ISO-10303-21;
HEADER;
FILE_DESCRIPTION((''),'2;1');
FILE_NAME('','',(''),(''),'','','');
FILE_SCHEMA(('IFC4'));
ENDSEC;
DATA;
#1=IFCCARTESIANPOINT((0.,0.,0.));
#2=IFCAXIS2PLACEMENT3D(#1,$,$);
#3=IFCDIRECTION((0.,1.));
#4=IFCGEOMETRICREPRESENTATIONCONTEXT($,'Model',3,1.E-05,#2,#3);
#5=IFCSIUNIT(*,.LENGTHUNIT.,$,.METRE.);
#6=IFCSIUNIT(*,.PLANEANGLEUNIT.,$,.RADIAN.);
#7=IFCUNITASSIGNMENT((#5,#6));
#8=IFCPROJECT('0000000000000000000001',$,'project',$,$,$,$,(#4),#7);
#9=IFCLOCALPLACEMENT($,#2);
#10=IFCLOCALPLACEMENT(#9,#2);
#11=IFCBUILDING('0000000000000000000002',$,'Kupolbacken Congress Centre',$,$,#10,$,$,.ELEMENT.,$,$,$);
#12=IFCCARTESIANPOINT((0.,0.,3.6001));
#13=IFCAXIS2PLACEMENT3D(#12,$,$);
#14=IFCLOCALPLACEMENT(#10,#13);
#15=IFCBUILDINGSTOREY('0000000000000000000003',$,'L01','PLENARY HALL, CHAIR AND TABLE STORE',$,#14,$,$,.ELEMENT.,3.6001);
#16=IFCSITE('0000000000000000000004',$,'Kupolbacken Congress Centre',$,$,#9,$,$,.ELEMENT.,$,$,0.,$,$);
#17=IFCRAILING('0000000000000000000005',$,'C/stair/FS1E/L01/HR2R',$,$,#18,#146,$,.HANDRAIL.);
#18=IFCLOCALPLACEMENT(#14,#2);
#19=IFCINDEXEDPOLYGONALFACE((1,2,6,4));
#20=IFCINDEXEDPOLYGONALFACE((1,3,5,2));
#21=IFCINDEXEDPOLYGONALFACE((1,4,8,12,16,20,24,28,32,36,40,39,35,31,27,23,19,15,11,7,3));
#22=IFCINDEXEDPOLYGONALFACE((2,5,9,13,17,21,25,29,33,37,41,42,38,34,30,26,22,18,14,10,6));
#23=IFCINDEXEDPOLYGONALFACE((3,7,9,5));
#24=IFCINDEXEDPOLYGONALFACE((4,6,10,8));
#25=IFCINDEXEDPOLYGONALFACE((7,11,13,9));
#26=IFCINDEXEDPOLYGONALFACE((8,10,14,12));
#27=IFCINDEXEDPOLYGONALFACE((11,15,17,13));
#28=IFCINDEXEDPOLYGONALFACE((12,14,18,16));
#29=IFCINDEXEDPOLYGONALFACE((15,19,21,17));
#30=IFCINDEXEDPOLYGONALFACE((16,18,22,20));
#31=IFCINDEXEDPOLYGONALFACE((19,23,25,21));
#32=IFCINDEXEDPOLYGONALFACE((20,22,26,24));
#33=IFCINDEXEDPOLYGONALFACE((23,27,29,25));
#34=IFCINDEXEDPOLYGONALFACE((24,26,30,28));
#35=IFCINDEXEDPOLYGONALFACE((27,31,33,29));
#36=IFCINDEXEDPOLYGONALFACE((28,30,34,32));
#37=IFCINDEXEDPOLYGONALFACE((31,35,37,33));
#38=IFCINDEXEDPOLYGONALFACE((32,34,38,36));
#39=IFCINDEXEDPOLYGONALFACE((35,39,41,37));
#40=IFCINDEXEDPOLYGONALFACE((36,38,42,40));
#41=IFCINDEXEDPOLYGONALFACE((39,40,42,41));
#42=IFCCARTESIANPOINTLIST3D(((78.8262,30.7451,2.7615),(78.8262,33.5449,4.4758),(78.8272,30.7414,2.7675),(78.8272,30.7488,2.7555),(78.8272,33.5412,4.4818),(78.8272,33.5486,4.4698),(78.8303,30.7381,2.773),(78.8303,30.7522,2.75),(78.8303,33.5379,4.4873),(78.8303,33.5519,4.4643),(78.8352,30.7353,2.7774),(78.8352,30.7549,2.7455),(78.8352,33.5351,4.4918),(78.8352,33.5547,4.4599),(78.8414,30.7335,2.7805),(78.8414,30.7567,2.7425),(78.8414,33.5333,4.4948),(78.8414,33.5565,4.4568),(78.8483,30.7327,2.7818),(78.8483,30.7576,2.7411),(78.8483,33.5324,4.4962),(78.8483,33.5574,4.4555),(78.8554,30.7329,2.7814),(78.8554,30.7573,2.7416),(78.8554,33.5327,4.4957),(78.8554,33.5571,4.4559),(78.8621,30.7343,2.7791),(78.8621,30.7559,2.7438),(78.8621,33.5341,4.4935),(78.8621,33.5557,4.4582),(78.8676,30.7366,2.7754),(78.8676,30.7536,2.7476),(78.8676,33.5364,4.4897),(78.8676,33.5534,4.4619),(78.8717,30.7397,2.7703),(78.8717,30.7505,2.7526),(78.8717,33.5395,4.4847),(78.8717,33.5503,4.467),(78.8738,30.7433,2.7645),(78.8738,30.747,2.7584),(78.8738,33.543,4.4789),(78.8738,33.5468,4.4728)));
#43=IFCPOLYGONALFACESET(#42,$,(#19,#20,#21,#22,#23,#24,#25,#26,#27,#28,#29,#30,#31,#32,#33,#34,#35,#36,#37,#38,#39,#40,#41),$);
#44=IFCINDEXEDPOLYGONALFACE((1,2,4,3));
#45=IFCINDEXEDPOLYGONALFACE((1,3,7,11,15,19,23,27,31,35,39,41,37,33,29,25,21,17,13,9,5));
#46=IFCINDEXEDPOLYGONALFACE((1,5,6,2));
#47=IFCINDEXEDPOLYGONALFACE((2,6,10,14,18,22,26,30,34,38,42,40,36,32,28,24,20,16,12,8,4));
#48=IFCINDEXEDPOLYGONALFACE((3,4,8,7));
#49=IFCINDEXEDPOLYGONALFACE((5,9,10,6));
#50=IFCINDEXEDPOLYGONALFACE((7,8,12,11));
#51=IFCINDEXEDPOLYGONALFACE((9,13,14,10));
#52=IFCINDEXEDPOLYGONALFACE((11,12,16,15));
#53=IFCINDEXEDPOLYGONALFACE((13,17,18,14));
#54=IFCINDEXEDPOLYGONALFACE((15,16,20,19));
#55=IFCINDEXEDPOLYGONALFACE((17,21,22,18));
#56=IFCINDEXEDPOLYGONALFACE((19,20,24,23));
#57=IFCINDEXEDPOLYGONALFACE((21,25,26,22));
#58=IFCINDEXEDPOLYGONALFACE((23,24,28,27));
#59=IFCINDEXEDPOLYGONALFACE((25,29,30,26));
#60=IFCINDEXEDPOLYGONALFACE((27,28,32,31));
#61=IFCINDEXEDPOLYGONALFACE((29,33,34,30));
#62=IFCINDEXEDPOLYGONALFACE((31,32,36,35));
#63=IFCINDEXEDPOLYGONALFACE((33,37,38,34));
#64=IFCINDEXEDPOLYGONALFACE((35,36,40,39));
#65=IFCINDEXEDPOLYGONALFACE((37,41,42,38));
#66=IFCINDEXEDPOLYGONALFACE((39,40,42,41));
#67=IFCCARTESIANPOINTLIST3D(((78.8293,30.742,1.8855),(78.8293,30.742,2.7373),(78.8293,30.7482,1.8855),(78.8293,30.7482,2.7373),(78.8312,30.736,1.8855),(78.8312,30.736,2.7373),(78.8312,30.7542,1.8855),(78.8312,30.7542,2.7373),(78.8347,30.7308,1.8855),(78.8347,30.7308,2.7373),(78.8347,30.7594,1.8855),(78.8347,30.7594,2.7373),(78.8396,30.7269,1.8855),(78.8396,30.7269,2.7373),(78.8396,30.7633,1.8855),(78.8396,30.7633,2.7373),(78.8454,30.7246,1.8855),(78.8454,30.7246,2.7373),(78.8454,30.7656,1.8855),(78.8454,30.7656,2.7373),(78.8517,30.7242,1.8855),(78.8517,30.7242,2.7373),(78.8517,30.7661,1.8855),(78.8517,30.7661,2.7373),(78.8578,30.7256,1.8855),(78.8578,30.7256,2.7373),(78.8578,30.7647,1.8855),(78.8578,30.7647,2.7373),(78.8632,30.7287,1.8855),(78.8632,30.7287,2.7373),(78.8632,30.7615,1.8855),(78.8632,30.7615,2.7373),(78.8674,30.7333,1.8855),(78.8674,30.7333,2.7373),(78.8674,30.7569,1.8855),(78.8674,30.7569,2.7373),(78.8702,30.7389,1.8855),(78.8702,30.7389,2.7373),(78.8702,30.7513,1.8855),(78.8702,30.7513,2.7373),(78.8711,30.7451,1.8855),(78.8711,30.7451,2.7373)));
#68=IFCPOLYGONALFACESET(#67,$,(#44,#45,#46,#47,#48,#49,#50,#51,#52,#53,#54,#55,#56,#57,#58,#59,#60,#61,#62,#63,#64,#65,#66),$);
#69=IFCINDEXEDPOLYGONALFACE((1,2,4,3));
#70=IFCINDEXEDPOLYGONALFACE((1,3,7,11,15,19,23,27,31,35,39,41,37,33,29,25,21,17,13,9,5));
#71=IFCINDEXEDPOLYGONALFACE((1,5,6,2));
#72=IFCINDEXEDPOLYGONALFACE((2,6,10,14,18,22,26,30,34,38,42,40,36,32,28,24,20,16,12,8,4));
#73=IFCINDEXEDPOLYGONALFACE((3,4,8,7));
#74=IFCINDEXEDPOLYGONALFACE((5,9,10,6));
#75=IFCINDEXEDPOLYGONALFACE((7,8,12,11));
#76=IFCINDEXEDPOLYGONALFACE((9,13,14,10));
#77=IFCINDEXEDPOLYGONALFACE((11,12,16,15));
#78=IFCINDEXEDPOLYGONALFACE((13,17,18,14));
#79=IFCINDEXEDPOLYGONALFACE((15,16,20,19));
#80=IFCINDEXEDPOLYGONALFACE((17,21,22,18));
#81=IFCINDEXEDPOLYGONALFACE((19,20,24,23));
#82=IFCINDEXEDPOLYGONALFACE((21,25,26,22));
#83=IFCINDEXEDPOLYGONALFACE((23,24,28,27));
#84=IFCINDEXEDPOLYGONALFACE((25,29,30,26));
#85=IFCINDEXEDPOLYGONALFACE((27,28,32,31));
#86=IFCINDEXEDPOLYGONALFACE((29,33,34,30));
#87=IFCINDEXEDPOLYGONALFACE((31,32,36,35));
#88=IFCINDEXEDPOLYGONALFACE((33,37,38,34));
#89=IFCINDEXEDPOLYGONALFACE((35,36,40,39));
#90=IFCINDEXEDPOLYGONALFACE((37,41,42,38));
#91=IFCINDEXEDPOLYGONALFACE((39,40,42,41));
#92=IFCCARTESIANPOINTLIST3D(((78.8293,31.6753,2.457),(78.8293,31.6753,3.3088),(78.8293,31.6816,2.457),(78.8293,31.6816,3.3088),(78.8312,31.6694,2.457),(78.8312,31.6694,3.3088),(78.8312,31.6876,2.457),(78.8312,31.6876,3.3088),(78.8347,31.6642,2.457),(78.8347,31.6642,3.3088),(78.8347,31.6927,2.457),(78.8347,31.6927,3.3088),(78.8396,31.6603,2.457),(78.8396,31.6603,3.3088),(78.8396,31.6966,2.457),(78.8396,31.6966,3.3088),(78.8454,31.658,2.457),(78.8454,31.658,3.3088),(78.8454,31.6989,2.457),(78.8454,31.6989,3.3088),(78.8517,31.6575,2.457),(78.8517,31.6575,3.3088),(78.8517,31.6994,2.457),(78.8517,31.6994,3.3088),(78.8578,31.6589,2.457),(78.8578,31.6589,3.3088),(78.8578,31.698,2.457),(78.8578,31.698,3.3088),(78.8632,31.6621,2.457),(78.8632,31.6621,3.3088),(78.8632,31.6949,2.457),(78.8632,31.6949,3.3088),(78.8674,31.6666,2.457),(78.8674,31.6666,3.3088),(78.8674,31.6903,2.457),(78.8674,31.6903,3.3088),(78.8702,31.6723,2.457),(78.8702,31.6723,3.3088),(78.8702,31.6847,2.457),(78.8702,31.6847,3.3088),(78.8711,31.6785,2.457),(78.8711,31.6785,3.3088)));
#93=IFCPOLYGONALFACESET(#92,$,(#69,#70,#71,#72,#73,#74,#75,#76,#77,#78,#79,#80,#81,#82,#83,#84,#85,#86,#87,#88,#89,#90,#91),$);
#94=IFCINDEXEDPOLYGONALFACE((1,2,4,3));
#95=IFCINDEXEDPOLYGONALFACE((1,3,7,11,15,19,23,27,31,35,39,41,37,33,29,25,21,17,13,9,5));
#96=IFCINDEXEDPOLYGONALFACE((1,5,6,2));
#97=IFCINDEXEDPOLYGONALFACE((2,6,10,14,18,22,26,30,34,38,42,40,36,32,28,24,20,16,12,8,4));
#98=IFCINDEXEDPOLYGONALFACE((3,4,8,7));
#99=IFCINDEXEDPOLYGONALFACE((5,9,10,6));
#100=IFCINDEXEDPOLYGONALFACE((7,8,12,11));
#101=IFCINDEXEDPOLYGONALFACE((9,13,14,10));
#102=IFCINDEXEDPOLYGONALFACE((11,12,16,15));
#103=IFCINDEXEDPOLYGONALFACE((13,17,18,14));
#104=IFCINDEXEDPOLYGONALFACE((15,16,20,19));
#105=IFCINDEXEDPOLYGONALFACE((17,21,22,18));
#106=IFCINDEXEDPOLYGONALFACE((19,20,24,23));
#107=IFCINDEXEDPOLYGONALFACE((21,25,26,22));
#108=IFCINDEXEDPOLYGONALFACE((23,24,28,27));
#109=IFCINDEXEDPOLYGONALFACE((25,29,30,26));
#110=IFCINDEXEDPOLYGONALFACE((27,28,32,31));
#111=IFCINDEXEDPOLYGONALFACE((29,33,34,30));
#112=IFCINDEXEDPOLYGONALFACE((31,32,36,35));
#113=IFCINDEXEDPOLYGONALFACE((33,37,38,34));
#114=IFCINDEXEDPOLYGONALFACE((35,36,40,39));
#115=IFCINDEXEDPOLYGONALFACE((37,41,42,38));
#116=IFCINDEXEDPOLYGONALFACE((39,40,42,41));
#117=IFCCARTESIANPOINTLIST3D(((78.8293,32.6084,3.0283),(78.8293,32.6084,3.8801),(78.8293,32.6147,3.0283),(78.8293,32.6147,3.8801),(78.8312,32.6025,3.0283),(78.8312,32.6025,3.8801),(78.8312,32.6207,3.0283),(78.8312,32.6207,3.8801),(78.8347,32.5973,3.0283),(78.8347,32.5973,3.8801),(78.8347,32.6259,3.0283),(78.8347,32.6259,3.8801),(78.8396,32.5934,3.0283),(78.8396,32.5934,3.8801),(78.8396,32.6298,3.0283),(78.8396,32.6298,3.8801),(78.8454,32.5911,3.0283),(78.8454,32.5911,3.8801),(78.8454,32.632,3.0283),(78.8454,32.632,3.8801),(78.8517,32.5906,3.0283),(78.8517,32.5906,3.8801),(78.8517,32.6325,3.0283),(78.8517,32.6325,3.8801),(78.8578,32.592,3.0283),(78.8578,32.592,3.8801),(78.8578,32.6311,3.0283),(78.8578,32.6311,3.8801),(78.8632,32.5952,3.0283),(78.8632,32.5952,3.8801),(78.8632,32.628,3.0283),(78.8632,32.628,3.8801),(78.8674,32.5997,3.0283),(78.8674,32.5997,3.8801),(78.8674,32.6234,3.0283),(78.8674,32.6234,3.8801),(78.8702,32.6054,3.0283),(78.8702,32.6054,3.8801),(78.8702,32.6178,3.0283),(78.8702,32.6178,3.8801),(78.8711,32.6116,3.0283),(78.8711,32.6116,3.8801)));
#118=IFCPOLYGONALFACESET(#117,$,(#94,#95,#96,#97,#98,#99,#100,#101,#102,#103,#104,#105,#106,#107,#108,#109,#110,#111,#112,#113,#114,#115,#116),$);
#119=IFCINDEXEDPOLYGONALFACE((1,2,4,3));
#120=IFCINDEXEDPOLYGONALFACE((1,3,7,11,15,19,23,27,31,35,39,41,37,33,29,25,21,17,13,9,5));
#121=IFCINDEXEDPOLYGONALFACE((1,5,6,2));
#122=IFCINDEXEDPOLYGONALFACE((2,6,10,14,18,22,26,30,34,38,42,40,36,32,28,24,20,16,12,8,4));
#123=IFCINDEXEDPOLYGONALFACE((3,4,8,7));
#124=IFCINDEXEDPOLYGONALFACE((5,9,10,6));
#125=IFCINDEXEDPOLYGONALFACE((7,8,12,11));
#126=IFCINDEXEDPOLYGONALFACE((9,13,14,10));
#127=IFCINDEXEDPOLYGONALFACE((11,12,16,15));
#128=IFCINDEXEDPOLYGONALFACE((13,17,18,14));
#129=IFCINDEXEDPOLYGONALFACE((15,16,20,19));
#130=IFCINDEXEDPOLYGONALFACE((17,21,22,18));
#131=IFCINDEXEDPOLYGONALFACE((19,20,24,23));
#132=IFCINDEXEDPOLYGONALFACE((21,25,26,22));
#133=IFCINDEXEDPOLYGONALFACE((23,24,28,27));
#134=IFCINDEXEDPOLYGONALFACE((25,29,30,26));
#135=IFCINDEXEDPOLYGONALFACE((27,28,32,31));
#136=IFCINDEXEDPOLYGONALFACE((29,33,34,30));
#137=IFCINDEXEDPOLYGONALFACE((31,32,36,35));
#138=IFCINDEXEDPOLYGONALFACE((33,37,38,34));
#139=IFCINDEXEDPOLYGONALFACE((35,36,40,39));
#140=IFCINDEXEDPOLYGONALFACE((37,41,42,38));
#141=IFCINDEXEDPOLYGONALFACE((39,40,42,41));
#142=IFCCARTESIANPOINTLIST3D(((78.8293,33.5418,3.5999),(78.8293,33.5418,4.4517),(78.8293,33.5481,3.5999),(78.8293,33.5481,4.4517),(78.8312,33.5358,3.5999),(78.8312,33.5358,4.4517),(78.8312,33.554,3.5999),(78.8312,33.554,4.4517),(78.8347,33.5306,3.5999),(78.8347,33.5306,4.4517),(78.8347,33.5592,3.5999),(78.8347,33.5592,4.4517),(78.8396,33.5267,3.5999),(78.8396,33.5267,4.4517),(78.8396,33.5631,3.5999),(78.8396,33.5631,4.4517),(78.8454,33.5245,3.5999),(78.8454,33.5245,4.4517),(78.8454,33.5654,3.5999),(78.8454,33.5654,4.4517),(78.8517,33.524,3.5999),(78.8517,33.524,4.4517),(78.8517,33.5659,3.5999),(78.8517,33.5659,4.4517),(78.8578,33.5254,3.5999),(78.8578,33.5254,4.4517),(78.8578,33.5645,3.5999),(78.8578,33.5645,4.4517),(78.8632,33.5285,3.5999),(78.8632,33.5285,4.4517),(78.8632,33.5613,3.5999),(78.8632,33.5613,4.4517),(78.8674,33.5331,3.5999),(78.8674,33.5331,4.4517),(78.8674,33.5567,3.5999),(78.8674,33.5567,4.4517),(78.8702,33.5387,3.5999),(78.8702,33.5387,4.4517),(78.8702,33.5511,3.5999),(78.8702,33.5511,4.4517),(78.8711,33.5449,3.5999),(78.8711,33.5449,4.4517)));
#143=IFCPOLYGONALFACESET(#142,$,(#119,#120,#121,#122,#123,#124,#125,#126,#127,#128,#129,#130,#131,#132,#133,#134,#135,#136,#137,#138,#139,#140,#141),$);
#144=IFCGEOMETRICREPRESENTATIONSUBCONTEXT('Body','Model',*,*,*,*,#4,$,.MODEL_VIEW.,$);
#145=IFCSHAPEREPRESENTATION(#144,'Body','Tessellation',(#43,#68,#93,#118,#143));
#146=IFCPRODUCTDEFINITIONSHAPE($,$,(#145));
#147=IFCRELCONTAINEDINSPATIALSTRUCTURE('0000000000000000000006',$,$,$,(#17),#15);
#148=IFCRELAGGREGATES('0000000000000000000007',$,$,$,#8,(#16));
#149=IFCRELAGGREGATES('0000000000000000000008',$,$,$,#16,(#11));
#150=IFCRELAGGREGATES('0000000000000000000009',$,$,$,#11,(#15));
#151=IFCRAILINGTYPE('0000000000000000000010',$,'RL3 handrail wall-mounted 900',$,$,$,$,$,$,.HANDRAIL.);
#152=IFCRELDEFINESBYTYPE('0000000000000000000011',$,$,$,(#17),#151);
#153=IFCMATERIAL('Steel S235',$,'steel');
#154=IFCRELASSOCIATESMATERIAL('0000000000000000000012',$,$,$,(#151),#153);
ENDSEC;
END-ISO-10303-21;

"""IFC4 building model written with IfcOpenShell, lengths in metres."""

from ifc_helpers import new_model, si_unit, direction, frame, origin, origin_2d, place, context, subcontext, project, spatial, circle, extrude, material, type_object, element, save


model = new_model("IFC4")

# Units and contexts
model_context = context("Model", 3, precision=1e-05, world=origin(), true_north=direction((0.0, 1.0)))
body_context = subcontext(model_context, "Body", "Model", "MODEL_VIEW")
ifc_project = project(units=[si_unit("LENGTHUNIT", "METRE"), si_unit("PLANEANGLEUNIT", "RADIAN")], contexts=[model_context])

# Site, building, storey
site_placement = place(None, origin())
site = spatial("IfcSite", under=ifc_project, at=site_placement, Name="Kupolbacken Congress Centre", CompositionType="ELEMENT", RefElevation=0.0)
building_placement = place(site_placement, origin())
building = spatial("IfcBuilding", under=site, at=building_placement, Name="Kupolbacken Congress Centre", CompositionType="ELEMENT")
storey_placement = place(building_placement, frame((0.0, 0.0, 3.6001)))
storey = spatial("IfcBuildingStorey", under=building, at=storey_placement, Name="L01", Description="PLENARY HALL, CHAIR AND TABLE STORE", CompositionType="ELEMENT", Elevation=3.6001)

# Railing
ifc_material_1 = material(Name="Steel S235", Category="steel")
railing_type = type_object("IfcRailingType", Name="RL3 handrail wall-mounted 900", PredefinedType="HANDRAIL", material=ifc_material_1)
for number, where, name in (
    (1, (78.8501, 30.7451, 1.8855), "C/stair/FS1E/L01/HR2R"),
):
    element("IfcRailing", number, at=place(storey_placement, frame(where)), inside=storey, type_object=railing_type, Name=name, PredefinedType="HANDRAIL", context=body_context, shape_type="SweptSolid", body=[
        extrude(circle(Radius=0.0239, at=origin_2d()), frame((0.0, 0.0, 0.876), z_axis=(0.0, 0.852826, 0.522196), x_axis=(-1.0, 0.0, 0.0)), (0.0, 0.0, 1.0), 3.283),
        extrude(circle(Radius=0.021, at=origin_2d()), origin(), (0.0, 0.0, 1.0), 0.8518),
        extrude(circle(Radius=0.021, at=origin_2d()), frame((0.0, 0.9333, 0.5715)), (0.0, 0.0, 1.0), 0.8518),
        extrude(circle(Radius=0.021, at=origin_2d()), frame((0.0, 1.8665, 1.1428)), (0.0, 0.0, 1.0), 0.8518),
        extrude(circle(Radius=0.021, at=origin_2d()), frame((0.0, 2.7998, 1.7144)), (0.0, 0.0, 1.0), 0.8518),
    ])

save(model, "model.ifc")
